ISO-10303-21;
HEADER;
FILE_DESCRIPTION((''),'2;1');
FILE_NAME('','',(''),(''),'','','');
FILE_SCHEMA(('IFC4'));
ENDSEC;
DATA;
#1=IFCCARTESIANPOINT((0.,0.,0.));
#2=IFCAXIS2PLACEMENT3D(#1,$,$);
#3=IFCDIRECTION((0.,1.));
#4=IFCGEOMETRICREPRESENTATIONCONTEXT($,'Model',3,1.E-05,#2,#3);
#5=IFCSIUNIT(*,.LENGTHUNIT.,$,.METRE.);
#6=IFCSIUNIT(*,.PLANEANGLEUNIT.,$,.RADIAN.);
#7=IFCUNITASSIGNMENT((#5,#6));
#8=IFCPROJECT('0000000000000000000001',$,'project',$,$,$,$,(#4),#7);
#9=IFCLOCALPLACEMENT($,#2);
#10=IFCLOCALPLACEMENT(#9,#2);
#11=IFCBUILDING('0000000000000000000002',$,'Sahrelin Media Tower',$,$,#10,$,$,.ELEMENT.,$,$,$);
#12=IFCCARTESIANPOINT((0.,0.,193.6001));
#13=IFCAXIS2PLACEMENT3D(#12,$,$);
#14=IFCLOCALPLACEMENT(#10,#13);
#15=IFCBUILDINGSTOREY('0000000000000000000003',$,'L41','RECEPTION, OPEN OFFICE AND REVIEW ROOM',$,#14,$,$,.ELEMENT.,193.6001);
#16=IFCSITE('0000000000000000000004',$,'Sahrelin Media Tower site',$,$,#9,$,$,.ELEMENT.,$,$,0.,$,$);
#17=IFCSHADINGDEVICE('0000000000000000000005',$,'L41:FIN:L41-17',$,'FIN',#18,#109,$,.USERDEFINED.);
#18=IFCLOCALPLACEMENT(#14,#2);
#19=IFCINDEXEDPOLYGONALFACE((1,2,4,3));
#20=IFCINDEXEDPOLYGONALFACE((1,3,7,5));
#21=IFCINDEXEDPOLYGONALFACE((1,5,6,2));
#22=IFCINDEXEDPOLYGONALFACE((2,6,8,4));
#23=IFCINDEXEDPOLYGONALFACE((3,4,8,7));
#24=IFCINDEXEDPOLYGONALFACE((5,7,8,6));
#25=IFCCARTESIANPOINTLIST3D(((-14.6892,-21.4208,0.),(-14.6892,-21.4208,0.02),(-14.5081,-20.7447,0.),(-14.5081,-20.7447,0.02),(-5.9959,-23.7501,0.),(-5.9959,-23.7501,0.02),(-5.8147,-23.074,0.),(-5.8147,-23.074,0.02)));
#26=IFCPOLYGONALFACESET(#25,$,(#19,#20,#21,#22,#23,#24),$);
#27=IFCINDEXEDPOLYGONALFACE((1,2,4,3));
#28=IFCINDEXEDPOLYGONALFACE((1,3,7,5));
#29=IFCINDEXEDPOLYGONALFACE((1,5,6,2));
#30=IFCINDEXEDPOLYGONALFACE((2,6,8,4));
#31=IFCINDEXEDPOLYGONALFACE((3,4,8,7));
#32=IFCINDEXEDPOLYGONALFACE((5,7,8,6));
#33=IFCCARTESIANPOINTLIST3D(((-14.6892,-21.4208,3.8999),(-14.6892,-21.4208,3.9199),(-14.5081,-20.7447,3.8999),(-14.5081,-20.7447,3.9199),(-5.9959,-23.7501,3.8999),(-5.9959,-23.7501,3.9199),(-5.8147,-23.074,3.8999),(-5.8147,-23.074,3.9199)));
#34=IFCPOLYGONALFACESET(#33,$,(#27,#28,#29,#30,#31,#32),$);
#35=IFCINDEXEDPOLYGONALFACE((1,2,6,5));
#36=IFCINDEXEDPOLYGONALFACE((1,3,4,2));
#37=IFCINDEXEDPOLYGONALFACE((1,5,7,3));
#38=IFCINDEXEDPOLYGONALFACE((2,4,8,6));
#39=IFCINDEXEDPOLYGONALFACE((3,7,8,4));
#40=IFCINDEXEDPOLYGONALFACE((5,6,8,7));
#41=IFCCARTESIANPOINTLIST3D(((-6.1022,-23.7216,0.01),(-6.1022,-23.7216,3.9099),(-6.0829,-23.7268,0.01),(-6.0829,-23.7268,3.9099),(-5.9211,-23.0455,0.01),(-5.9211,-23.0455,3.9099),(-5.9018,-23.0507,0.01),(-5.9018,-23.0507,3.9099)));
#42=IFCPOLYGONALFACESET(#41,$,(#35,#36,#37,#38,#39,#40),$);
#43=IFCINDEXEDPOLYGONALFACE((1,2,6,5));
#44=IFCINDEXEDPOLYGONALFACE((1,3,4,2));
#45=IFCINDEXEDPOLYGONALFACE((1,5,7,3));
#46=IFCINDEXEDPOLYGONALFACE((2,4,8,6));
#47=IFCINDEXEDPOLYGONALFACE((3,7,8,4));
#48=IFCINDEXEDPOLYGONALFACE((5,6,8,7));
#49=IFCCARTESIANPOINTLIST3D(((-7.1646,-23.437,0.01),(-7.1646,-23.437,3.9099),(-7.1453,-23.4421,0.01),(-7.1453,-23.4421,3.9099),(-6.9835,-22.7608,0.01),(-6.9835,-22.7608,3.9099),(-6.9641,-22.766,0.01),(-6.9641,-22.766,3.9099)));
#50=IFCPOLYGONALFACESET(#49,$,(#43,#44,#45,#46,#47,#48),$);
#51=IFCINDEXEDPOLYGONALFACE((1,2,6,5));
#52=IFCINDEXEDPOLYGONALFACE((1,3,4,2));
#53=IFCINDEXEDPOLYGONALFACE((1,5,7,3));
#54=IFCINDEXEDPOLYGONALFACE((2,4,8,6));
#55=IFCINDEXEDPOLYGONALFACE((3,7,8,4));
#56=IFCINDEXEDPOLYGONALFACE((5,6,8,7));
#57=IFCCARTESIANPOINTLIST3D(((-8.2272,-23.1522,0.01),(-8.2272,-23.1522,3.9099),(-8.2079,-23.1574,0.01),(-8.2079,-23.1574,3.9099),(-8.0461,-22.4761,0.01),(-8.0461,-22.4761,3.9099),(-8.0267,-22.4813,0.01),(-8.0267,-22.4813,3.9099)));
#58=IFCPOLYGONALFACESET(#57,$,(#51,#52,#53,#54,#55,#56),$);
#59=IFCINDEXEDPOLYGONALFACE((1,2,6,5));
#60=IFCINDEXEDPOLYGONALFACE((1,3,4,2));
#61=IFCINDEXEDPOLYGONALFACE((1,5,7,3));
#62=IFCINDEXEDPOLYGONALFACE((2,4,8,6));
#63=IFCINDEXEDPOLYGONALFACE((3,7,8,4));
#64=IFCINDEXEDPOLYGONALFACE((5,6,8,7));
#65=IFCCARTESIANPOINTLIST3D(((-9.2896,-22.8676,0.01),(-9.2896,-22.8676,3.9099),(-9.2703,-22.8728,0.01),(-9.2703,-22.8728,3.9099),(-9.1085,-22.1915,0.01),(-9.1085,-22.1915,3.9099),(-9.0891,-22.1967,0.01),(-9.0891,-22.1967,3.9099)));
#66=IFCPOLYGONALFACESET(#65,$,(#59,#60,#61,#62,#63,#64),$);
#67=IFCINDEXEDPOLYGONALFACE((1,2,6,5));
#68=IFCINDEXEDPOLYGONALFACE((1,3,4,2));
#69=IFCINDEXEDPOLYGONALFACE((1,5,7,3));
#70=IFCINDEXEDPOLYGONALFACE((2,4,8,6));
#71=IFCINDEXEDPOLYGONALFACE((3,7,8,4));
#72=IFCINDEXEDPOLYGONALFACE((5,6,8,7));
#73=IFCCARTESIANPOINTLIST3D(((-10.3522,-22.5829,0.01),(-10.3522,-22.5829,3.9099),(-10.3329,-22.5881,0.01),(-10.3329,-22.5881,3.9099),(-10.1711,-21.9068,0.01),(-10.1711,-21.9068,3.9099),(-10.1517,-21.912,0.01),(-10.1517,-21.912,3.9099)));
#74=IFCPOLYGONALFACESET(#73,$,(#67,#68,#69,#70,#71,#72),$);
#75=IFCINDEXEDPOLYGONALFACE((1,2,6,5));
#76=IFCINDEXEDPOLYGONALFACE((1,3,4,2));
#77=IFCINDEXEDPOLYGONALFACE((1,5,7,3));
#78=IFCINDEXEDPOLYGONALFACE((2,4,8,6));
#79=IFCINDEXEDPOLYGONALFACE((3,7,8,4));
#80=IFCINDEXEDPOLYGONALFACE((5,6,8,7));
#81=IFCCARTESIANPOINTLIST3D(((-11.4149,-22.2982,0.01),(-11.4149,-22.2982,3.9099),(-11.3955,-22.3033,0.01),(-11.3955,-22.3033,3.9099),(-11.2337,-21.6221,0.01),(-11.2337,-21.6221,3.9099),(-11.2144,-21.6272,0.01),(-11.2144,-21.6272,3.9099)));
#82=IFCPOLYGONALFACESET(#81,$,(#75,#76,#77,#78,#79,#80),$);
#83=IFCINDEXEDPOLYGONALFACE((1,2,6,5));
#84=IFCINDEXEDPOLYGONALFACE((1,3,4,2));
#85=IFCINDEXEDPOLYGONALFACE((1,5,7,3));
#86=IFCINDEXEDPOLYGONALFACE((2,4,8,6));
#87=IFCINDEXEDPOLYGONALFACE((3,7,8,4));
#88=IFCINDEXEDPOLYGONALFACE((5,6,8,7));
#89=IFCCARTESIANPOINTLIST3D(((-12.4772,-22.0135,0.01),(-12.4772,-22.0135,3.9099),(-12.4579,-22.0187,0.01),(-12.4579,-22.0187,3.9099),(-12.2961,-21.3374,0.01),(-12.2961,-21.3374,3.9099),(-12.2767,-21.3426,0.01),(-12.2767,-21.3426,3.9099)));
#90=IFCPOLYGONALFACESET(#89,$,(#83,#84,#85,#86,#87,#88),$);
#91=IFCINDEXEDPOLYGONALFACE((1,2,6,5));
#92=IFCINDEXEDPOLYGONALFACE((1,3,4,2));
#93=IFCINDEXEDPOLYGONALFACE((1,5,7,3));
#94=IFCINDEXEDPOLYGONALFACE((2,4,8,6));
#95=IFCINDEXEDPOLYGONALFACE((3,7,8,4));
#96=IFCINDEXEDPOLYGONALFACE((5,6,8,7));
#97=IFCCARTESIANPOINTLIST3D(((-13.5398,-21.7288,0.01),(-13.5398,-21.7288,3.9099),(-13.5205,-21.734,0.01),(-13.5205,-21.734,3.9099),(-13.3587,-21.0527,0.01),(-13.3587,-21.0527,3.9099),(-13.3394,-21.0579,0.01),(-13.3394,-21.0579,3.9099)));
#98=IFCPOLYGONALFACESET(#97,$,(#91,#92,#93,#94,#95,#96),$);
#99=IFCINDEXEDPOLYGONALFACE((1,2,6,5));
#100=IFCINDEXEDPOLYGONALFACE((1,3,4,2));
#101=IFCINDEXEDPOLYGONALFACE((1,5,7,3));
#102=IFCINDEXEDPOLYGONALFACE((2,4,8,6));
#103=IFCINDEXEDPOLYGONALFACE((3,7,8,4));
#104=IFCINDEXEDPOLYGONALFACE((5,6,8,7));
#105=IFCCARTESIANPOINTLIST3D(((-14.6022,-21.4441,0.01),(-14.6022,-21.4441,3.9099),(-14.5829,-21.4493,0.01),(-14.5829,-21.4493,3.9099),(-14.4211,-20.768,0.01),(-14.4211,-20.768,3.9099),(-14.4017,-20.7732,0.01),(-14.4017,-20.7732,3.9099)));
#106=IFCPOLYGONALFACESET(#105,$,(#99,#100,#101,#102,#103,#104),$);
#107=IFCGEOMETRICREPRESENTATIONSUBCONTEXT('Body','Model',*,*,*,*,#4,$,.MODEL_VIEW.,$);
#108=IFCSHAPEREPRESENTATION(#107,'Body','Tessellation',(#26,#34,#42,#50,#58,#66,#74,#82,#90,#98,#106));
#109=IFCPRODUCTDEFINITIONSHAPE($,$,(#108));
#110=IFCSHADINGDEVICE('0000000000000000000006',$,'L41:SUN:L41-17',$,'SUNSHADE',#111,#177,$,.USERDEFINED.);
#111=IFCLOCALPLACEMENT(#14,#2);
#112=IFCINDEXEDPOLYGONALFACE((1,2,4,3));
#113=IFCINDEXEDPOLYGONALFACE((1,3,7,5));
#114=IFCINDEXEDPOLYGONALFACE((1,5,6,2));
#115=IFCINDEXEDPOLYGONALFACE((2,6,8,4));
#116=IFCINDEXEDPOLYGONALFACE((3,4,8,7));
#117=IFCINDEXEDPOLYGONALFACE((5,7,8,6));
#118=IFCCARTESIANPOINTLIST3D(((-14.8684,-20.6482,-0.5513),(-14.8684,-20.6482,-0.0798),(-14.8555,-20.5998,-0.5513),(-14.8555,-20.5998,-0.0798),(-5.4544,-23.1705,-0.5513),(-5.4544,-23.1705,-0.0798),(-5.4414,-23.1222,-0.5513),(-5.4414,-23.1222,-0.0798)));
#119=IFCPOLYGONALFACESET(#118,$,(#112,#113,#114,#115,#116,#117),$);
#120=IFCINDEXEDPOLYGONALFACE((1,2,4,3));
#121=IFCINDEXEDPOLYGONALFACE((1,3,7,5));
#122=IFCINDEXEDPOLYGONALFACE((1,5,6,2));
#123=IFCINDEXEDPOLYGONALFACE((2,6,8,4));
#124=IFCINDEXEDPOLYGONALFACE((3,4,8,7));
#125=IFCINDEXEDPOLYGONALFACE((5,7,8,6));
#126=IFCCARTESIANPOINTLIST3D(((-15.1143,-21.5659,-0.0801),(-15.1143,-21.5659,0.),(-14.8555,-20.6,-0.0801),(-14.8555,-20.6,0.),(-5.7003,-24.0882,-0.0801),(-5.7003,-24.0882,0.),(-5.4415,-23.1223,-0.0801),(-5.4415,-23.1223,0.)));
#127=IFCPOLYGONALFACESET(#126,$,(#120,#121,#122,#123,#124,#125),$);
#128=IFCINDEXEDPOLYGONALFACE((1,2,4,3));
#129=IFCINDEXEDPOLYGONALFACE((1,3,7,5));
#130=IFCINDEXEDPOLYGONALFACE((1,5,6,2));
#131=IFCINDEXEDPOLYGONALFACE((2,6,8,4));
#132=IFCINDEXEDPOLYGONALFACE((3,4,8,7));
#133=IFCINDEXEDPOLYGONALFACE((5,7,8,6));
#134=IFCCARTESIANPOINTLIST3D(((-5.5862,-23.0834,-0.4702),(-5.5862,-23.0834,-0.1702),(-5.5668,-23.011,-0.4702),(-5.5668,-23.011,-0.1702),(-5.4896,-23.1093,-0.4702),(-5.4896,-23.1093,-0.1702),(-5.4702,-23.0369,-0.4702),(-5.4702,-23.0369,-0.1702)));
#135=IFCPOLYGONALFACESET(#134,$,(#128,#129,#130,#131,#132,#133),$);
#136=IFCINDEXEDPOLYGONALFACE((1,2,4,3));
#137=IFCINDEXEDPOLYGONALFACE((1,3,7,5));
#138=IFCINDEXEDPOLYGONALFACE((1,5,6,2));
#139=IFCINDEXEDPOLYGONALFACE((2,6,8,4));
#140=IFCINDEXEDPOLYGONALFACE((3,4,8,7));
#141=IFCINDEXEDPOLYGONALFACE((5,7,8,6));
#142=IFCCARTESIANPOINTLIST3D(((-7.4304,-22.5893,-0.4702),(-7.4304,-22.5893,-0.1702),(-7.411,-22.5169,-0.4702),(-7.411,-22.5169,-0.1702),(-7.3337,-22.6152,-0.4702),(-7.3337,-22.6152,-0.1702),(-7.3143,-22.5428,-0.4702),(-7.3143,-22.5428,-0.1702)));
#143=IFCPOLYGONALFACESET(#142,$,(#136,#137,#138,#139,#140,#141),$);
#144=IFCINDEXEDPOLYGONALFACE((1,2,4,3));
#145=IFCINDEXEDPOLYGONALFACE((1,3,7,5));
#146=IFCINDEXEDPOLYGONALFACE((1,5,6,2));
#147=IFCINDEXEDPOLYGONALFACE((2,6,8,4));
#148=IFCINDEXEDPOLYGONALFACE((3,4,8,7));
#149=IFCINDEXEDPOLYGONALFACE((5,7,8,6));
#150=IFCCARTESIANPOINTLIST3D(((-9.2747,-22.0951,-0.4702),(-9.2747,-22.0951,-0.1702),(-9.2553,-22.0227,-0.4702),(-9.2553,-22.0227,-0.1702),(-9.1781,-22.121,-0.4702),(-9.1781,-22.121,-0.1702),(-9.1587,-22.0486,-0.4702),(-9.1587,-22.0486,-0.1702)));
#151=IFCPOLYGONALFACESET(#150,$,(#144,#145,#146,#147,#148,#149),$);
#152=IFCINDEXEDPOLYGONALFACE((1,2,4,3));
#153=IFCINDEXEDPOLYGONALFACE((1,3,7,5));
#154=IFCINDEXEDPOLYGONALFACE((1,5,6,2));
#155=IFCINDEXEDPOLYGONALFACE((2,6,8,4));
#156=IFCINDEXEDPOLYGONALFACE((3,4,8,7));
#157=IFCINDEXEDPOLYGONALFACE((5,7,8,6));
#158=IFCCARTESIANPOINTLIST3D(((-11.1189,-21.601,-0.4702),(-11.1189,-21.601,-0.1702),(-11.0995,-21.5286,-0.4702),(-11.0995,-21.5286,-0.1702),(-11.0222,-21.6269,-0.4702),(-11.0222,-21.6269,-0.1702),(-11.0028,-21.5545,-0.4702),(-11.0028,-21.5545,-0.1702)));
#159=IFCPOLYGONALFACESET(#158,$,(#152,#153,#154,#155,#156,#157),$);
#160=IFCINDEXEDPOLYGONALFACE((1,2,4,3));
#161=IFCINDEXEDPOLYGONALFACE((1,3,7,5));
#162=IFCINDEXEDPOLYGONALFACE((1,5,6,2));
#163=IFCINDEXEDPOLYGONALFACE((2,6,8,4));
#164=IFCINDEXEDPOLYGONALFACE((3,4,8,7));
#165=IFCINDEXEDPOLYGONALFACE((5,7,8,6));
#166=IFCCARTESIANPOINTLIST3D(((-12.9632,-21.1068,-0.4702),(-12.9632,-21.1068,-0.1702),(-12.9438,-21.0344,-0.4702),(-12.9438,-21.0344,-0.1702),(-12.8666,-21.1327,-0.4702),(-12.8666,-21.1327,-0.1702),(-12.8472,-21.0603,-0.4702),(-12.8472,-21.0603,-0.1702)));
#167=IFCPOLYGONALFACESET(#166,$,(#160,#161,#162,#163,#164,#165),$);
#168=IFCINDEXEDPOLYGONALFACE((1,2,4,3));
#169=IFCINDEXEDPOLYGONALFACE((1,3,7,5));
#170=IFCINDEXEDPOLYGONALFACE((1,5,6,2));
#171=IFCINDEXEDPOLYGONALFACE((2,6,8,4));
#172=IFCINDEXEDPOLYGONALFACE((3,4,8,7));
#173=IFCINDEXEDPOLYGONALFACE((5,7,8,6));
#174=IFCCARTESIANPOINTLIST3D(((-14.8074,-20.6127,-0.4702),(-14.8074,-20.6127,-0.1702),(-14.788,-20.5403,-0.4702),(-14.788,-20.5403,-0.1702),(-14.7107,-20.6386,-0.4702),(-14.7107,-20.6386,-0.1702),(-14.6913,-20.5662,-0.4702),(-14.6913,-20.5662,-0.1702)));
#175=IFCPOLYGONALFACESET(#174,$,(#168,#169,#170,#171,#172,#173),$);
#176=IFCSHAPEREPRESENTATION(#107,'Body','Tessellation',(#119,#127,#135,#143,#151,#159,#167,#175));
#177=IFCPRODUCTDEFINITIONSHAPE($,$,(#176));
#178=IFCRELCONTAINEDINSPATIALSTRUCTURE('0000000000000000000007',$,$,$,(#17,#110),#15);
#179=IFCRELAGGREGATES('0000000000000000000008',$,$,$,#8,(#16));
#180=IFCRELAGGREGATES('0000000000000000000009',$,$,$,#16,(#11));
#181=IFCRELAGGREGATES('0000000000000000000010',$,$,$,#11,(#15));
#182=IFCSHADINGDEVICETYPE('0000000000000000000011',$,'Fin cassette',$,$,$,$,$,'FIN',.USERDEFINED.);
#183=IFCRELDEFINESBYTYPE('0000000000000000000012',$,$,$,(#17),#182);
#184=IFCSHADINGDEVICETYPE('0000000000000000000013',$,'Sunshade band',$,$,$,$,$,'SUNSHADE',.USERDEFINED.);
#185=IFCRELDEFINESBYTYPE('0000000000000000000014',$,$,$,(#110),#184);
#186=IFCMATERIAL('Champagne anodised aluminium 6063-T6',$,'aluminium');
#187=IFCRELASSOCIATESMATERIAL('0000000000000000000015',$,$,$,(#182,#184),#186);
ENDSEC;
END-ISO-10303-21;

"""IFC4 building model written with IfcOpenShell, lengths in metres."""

from ifc_helpers import new_model, si_unit, direction, frame, origin, origin_2d, place, context, subcontext, project, spatial, rectangle, extrude, material, type_object, element, save


model = new_model("IFC4")

# Units and contexts
model_context = context("Model", 3, precision=1e-05, world=origin(), true_north=direction((0.0, 1.0)))
body_context = subcontext(model_context, "Body", "Model", "MODEL_VIEW")
ifc_project = project(units=[si_unit("LENGTHUNIT", "METRE"), si_unit("PLANEANGLEUNIT", "RADIAN")], contexts=[model_context])

# Site, building, storey
site_placement = place(None, origin())
site = spatial("IfcSite", under=ifc_project, at=site_placement, Name="Sahrelin Media Tower site", CompositionType="ELEMENT", RefElevation=0.0)
building_placement = place(site_placement, origin())
building = spatial("IfcBuilding", under=site, at=building_placement, Name="Sahrelin Media Tower", CompositionType="ELEMENT")
storey_placement = place(building_placement, frame((0.0, 0.0, 193.6001)))
storey = spatial("IfcBuildingStorey", under=building, at=storey_placement, Name="L41", Description="RECEPTION, OPEN OFFICE AND REVIEW ROOM", CompositionType="ELEMENT", Elevation=193.6001)

# Shared definitions
ifc_material_1 = material(Name="Champagne anodised aluminium 6063-T6", Category="aluminium")

# Shading devices
shading_device_type_1 = type_object("IfcShadingDeviceType", Name="Fin cassette", ElementType="FIN", PredefinedType="USERDEFINED", material=ifc_material_1)
placement = place(storey_placement, frame((-10.1433, -21.8418, 0.0), z_axis=(0.0, 0.0, 1.0), x_axis=(-0.965929, 0.258808, 0.0)))
element("IfcShadingDevice", 1, at=placement, inside=storey, type_object=shading_device_type_1, Name="L41:FIN:L41-17", ObjectType="FIN", PredefinedType="USERDEFINED", context=body_context, shape_type="SweptSolid", body=[
    extrude(rectangle(XDim=9.0, YDim=0.7, at=origin_2d()), frame((0.0, 0.4199, 0.0)), (0.0, 0.0, 1.0), 0.02),
    extrude(rectangle(XDim=9.0, YDim=0.7, at=origin_2d()), frame((0.0, 0.4199, 3.8999)), (0.0, 0.0, 1.0), 0.02),
    extrude(rectangle(XDim=0.02, YDim=0.7, at=origin_2d()), frame((-4.3999, 0.4199, 0.01), z_axis=(0.0, 0.0, 1.0), x_axis=(1.0, 0.0, 0.0)), (0.0, 0.0, 1.0), 3.8999),
    extrude(rectangle(XDim=0.02, YDim=0.7, at=origin_2d()), frame((-3.3, 0.4199, 0.01), z_axis=(0.0, 0.0, 1.0), x_axis=(1.0, 0.0, 0.0)), (0.0, 0.0, 1.0), 3.8999),
    extrude(rectangle(XDim=0.02, YDim=0.7, at=origin_2d()), frame((-2.2, 0.4199, 0.01), z_axis=(0.0, 0.0, 1.0), x_axis=(1.0, 0.0, 0.0)), (0.0, 0.0, 1.0), 3.8999),
    extrude(rectangle(XDim=0.02, YDim=0.7, at=origin_2d()), frame((-1.1001, 0.4199, 0.01), z_axis=(0.0, 0.0, 1.0), x_axis=(1.0, 0.0, 0.0)), (0.0, 0.0, 1.0), 3.8999),
    extrude(rectangle(XDim=0.02, YDim=0.7, at=origin_2d()), frame((0.0, 0.4199, 0.01), z_axis=(0.0, 0.0, 1.0), x_axis=(1.0, 0.0, 0.0)), (0.0, 0.0, 1.0), 3.8999),
    extrude(rectangle(XDim=0.02, YDim=0.7, at=origin_2d()), frame((1.1001, 0.4199, 0.01), z_axis=(0.0, 0.0, 1.0), x_axis=(1.0, 0.0, 0.0)), (0.0, 0.0, 1.0), 3.8999),
    extrude(rectangle(XDim=0.02, YDim=0.7, at=origin_2d()), frame((2.2, 0.4199, 0.01), z_axis=(0.0, 0.0, 1.0), x_axis=(1.0, 0.0, 0.0)), (0.0, 0.0, 1.0), 3.8999),
    extrude(rectangle(XDim=0.02, YDim=0.7, at=origin_2d()), frame((3.3, 0.4199, 0.01), z_axis=(0.0, 0.0, 1.0), x_axis=(1.0, 0.0, 0.0)), (0.0, 0.0, 1.0), 3.8999),
    extrude(rectangle(XDim=0.02, YDim=0.7, at=origin_2d()), frame((4.3999, 0.4199, 0.01), z_axis=(0.0, 0.0, 1.0), x_axis=(1.0, 0.0, 0.0)), (0.0, 0.0, 1.0), 3.8999),
])
shading_device_type_2 = type_object("IfcShadingDeviceType", Name="Sunshade band", ElementType="SUNSHADE", PredefinedType="USERDEFINED", material=ifc_material_1)
element("IfcShadingDevice", 2, at=placement, inside=storey, type_object=shading_device_type_2, Name="L41:SUN:L41-17", ObjectType="SUNSHADE", PredefinedType="USERDEFINED", context=body_context, shape_type="SweptSolid", body=[
    extrude(rectangle(XDim=9.7461, YDim=0.05, at=origin_2d()), frame((0.0, 0.0449, -0.5513)), (0.0, 0.0, 1.0), 0.4714),
    extrude(rectangle(XDim=9.7461, YDim=1.0, at=origin_2d()), frame((0.0, 0.52, -0.0801)), (0.0, 0.0, 1.0), 0.0801),
    extrude(rectangle(XDim=0.1001, YDim=0.075, at=origin_2d()), frame((-4.7732, -0.0176, -0.4702)), (0.0, 0.0, 1.0), 0.3),
    extrude(rectangle(XDim=0.1001, YDim=0.075, at=origin_2d()), frame((-2.864, -0.0176, -0.4702)), (0.0, 0.0, 1.0), 0.3),
    extrude(rectangle(XDim=0.1001, YDim=0.075, at=origin_2d()), frame((-0.9546, -0.0176, -0.4702)), (0.0, 0.0, 1.0), 0.3),
    extrude(rectangle(XDim=0.1001, YDim=0.075, at=origin_2d()), frame((0.9546, -0.0176, -0.4702)), (0.0, 0.0, 1.0), 0.3),
    extrude(rectangle(XDim=0.1001, YDim=0.075, at=origin_2d()), frame((2.864, -0.0176, -0.4702)), (0.0, 0.0, 1.0), 0.3),
    extrude(rectangle(XDim=0.1001, YDim=0.075, at=origin_2d()), frame((4.7732, -0.0176, -0.4702)), (0.0, 0.0, 1.0), 0.3),
])

save(model, "model.ifc")
